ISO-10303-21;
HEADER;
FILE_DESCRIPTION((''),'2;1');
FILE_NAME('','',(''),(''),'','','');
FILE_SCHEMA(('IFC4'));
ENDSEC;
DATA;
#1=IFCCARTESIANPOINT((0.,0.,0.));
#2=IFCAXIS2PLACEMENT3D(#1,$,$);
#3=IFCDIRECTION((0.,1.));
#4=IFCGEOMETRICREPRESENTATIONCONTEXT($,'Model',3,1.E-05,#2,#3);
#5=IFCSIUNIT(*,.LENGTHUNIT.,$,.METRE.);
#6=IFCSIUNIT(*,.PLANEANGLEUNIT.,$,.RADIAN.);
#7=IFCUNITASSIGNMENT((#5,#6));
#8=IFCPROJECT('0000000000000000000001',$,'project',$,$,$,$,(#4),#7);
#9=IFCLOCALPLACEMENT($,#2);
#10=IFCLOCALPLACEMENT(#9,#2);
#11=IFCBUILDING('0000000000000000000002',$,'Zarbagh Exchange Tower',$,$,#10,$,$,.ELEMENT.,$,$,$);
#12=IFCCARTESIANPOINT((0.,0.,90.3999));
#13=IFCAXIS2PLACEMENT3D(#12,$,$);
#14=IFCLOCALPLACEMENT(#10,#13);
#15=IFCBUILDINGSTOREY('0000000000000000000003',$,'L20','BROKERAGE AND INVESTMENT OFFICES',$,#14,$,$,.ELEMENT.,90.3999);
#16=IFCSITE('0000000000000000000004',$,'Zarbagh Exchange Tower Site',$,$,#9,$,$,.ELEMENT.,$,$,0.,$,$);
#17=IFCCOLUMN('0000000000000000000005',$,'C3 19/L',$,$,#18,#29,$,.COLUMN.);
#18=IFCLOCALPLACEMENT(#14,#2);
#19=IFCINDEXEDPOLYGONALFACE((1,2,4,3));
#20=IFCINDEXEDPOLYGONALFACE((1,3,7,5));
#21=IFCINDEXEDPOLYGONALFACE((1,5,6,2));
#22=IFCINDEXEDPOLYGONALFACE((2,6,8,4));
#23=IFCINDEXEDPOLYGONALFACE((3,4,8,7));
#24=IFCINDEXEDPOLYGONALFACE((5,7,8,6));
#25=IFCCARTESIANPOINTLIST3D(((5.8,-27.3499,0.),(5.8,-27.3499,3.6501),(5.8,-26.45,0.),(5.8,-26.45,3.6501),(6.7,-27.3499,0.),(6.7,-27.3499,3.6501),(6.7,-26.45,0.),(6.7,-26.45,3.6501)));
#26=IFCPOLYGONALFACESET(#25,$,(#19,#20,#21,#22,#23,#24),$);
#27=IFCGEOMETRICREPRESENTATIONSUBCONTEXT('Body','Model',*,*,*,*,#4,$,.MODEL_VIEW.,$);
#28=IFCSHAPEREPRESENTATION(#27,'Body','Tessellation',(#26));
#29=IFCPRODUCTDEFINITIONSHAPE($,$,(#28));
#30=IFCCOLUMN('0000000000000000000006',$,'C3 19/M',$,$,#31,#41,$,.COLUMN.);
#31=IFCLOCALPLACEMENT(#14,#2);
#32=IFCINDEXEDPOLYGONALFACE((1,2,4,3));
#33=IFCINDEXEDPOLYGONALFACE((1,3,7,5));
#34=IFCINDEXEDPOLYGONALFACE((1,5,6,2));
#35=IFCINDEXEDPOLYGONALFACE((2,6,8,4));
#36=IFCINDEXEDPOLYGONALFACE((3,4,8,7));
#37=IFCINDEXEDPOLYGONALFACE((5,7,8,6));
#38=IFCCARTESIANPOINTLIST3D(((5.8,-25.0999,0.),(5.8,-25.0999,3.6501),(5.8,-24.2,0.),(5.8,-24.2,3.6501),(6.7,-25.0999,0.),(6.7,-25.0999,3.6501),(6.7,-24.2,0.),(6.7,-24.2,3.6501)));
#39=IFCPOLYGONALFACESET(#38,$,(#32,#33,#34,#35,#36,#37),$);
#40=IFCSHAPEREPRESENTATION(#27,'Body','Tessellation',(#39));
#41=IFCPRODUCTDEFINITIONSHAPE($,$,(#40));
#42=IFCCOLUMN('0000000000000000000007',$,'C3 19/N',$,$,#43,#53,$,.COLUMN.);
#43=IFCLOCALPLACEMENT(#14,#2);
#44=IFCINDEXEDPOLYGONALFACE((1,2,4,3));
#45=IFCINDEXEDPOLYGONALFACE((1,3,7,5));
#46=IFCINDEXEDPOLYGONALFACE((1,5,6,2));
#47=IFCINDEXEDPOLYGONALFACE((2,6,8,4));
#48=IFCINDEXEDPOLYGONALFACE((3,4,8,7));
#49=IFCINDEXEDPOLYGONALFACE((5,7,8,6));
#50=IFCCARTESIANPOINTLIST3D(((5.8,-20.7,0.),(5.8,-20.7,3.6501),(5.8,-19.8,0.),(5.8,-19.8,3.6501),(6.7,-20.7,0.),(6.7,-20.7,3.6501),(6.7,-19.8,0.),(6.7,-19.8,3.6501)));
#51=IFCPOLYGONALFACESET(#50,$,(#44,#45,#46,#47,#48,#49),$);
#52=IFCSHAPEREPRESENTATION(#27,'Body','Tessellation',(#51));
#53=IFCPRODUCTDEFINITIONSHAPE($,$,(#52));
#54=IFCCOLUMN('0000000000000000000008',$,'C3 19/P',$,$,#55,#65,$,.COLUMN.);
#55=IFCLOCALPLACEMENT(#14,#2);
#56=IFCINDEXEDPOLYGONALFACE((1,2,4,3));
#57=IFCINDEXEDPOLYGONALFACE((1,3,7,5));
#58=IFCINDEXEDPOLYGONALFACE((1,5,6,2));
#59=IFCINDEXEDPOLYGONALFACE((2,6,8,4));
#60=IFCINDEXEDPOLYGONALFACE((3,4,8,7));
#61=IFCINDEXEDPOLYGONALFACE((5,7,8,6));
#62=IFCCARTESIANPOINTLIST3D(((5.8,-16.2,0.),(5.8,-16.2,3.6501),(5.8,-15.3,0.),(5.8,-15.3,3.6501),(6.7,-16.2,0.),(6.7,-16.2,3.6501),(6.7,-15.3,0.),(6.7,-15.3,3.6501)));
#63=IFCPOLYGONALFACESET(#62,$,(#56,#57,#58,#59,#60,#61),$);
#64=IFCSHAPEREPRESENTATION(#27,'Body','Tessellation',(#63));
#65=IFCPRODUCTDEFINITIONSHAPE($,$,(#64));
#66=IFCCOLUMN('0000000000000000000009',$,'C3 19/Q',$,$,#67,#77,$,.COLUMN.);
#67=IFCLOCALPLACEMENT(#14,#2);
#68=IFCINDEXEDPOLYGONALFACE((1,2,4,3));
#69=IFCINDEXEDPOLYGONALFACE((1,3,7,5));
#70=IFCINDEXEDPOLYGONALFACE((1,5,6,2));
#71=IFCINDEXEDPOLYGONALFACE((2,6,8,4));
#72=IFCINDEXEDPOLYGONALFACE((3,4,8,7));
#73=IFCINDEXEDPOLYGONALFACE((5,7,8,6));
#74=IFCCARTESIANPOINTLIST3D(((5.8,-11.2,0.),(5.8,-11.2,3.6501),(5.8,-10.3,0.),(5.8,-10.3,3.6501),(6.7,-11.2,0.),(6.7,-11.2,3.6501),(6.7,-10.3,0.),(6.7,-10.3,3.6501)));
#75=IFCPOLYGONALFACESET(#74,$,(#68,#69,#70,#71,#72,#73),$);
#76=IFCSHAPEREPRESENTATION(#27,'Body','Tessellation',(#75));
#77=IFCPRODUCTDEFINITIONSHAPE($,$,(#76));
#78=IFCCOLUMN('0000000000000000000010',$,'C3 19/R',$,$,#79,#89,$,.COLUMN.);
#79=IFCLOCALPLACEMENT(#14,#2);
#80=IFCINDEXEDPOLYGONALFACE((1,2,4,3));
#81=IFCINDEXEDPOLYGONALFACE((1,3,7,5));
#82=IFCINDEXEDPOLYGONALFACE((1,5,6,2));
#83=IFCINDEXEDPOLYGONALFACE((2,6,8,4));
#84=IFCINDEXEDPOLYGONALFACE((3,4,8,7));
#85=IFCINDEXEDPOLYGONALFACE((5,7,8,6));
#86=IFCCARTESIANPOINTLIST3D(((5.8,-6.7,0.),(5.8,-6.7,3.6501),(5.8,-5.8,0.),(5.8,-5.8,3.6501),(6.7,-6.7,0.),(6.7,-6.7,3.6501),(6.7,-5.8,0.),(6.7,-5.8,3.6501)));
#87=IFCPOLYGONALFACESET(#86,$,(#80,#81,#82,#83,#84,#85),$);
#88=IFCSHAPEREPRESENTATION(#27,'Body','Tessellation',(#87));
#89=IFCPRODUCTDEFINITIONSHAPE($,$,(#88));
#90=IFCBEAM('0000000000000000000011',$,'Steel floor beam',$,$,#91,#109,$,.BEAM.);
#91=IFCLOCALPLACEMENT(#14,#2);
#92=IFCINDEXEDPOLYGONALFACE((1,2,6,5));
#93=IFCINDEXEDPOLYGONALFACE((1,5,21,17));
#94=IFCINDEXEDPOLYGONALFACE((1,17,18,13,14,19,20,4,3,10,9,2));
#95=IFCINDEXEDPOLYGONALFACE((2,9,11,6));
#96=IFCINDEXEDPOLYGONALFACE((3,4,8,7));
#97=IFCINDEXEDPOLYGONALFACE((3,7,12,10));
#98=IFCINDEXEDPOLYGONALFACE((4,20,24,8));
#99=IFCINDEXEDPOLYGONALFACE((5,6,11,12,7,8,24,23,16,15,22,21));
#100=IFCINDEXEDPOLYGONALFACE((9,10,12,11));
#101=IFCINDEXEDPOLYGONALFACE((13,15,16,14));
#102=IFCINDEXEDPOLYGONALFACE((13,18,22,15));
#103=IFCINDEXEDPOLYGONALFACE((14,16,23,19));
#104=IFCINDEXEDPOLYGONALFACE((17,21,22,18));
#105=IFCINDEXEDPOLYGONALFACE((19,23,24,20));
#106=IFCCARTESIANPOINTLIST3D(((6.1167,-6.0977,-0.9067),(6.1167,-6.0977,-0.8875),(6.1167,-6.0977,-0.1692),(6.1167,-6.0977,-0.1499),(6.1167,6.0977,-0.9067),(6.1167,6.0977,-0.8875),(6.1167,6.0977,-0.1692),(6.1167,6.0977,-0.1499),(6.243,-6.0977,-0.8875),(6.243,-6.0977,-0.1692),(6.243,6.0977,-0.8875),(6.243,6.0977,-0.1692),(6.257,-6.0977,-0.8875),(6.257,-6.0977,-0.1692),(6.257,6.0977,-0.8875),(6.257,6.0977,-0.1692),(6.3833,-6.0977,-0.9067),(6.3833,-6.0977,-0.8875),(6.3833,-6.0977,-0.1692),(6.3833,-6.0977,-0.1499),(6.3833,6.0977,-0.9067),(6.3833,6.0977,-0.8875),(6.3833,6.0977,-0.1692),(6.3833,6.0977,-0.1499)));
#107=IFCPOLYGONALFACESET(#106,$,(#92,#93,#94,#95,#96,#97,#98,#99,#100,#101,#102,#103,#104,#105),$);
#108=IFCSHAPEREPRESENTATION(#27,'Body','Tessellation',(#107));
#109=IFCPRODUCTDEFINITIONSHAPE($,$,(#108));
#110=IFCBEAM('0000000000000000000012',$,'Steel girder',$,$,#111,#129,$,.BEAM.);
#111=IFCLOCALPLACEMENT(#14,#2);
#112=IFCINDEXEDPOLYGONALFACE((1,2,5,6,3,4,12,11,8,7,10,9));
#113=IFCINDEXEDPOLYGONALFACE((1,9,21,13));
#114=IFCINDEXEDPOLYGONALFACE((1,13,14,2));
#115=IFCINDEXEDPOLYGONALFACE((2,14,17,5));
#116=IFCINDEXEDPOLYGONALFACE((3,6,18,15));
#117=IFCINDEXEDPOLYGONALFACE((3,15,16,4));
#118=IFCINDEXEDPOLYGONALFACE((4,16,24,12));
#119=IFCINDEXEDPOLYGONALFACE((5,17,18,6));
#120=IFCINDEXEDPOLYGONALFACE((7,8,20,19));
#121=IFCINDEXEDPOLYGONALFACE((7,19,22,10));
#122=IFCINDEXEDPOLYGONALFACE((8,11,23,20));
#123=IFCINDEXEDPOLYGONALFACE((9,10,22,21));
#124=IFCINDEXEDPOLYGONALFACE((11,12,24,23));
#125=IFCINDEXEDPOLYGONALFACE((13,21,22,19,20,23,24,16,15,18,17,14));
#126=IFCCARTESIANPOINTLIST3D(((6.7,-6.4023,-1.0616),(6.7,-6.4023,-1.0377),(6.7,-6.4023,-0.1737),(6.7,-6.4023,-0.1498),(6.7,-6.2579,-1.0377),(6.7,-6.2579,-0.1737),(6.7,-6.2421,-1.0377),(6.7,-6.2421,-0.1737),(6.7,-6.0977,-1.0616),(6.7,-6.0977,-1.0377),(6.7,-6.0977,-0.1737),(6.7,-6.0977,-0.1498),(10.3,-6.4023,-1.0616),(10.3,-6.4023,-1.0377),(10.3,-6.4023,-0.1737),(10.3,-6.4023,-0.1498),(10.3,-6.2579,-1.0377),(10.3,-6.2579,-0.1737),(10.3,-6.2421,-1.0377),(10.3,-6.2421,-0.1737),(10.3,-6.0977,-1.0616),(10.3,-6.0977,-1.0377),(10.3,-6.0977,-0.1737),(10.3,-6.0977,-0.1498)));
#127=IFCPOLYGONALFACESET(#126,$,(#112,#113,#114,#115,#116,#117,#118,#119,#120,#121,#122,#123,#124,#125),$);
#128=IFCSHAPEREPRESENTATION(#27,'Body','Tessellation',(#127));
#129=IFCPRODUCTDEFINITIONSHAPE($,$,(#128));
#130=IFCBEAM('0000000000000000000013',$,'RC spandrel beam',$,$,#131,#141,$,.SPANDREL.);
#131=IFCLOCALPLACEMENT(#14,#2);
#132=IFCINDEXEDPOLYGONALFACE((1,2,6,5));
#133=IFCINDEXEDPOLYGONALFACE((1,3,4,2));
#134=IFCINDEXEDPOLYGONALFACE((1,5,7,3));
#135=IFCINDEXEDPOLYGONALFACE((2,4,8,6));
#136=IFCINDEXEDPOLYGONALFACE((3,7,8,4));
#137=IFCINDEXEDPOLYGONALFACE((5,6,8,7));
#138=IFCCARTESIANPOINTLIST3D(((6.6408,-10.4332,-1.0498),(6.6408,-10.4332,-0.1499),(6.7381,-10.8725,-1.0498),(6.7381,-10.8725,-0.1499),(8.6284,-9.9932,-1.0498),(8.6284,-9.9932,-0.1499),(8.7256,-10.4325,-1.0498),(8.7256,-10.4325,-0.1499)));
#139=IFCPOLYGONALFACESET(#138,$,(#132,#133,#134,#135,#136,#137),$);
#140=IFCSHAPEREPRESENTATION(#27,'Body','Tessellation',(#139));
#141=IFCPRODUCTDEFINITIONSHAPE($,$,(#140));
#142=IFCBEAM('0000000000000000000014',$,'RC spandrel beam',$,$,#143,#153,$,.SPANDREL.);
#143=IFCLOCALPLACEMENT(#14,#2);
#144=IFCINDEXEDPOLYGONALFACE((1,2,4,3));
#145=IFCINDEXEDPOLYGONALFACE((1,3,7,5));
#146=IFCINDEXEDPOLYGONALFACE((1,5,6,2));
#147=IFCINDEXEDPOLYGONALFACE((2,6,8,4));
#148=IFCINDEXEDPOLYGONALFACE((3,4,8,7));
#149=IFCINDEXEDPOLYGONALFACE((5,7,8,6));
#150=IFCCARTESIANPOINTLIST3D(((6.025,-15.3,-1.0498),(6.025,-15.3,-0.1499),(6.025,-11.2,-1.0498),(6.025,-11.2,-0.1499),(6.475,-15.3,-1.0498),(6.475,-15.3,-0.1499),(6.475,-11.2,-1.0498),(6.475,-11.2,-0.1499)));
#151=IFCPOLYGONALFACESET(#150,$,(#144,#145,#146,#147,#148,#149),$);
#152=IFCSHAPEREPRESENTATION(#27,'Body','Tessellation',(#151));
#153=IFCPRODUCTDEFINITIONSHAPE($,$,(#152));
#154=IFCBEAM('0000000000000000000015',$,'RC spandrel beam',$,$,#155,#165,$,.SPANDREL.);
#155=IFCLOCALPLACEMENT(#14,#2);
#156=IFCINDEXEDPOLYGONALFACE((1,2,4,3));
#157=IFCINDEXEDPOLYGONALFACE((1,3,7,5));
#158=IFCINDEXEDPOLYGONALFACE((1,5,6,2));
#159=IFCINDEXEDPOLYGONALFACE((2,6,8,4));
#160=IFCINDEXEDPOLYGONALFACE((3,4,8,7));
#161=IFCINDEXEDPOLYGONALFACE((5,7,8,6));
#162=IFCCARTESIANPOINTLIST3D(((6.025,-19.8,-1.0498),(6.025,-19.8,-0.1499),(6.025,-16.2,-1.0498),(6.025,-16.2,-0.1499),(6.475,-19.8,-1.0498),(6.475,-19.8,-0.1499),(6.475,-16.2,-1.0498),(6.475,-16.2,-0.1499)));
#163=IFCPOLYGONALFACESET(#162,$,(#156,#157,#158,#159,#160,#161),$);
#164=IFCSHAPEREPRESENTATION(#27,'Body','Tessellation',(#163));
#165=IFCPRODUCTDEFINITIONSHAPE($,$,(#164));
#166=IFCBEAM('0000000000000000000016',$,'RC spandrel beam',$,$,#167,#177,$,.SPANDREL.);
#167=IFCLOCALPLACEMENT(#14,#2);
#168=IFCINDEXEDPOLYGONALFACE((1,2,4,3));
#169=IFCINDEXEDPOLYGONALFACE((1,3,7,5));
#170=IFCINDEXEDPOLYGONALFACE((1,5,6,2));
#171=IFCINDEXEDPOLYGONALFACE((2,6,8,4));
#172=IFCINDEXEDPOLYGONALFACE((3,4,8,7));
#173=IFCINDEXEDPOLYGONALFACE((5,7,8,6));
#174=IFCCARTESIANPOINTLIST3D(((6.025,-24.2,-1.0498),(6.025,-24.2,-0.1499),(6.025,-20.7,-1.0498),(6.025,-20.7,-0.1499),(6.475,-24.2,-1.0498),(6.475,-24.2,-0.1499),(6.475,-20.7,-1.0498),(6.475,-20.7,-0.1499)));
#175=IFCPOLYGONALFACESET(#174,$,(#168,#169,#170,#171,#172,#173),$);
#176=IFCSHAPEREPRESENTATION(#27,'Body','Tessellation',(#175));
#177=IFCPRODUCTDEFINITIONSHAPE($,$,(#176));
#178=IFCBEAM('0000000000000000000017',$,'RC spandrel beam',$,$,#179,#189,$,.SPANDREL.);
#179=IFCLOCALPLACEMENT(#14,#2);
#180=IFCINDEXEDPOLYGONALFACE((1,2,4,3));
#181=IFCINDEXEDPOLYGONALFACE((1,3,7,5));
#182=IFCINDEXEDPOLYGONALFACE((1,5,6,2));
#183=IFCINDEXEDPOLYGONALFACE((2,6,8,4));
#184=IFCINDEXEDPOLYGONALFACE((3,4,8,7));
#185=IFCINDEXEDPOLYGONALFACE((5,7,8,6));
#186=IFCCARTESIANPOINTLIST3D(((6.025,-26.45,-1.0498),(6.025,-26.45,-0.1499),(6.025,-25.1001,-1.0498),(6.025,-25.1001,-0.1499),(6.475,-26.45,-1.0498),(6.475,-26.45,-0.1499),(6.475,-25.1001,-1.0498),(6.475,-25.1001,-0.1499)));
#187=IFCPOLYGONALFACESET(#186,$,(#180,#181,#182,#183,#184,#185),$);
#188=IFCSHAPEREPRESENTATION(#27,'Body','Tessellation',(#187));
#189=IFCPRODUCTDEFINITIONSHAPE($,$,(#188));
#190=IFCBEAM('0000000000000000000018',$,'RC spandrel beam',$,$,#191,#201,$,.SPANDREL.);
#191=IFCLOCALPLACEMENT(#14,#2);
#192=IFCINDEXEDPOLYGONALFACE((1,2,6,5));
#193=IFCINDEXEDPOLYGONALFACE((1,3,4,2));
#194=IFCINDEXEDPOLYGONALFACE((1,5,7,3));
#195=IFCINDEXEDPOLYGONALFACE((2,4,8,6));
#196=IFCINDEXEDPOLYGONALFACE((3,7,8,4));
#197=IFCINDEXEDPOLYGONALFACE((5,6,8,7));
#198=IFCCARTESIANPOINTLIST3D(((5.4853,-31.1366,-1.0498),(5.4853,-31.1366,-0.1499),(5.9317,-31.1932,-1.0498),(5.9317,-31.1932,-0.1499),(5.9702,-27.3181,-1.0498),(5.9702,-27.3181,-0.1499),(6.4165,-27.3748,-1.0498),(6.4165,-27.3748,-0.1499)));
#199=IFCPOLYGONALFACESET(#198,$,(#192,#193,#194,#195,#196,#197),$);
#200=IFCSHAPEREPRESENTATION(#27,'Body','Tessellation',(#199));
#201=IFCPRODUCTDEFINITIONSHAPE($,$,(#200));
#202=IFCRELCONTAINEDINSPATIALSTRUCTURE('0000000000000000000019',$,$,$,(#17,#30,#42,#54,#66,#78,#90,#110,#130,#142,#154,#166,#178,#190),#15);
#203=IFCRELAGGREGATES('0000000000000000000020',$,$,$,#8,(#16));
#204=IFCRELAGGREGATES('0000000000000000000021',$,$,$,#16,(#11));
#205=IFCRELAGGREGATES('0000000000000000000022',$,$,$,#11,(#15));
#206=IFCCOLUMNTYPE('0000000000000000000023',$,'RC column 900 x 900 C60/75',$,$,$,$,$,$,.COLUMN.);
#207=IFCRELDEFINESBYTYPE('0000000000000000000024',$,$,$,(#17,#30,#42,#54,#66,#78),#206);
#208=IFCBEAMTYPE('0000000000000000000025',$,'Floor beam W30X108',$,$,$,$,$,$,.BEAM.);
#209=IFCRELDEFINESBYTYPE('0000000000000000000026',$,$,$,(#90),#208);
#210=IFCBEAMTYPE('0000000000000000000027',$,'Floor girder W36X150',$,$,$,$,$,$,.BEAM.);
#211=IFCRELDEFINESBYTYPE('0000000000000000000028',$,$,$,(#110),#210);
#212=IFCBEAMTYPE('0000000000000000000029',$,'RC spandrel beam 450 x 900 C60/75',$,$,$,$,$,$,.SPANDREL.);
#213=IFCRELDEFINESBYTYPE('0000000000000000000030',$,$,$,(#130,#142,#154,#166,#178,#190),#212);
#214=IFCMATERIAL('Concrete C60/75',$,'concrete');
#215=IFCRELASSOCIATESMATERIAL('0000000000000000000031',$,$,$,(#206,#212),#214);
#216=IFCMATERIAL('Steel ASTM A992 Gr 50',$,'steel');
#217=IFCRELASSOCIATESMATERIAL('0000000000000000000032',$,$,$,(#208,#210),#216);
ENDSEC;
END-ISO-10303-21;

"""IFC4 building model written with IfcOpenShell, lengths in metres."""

from ifc_helpers import new_model, si_unit, direction, frame, origin, origin_2d, place, context, subcontext, project, spatial, rectangle, i_section, extrude, material, material_profile, profile_set, type_object, element, save


model = new_model("IFC4")

# Units and contexts
model_context = context("Model", 3, precision=1e-05, world=origin(), true_north=direction((0.0, 1.0)))
body_context = subcontext(model_context, "Body", "Model", "MODEL_VIEW")
ifc_project = project(units=[si_unit("LENGTHUNIT", "METRE"), si_unit("PLANEANGLEUNIT", "RADIAN")], contexts=[model_context])

# Site, building, storey
site_placement = place(None, origin())
site = spatial("IfcSite", under=ifc_project, at=site_placement, Name="Zarbagh Exchange Tower Site", CompositionType="ELEMENT", RefElevation=0.0)
building_placement = place(site_placement, origin())
building = spatial("IfcBuilding", under=site, at=building_placement, Name="Zarbagh Exchange Tower", CompositionType="ELEMENT")
storey_placement = place(building_placement, frame((0.0, 0.0, 90.3999)))
storey = spatial("IfcBuildingStorey", under=building, at=storey_placement, Name="L20", Description="BROKERAGE AND INVESTMENT OFFICES", CompositionType="ELEMENT", Elevation=90.3999)

# Columns
ifc_material_1 = material(Name="Concrete C60/75", Category="concrete")
ifc_material_profile_1 = material_profile(ifc_material_1, rectangle(XDim=0.8999, YDim=0.8999, at=origin_2d()), Name="RC column 900 x 900 C60/75")
ifc_profile_set_1 = profile_set([ifc_material_profile_1], Name="Concrete C60/75")
column_type = type_object("IfcColumnType", Name="RC column 900 x 900 C60/75", PredefinedType="COLUMN", material=ifc_profile_set_1)
for number, where, z_axis, x_axis, name in (
    (1, (6.25, -26.8999, 0.0), (0.0, 0.0, 1.0), (1.0, 0.0, 0.0), "C3 19/L"),
    (2, (6.25, -24.6499, 0.0), (0.0, 0.0, 1.0), (1.0, 0.0, 0.0), "C3 19/M"),
    (3, (6.25, -20.25, 0.0), (0.0, 0.0, 1.0), (1.0, 0.0, 0.0), "C3 19/N"),
    (4, (6.25, -15.75, 0.0), (0.0, 0.0, 1.0), (1.0, 0.0, 0.0), "C3 19/P"),
    (5, (6.25, -10.75, 0.0), (0.0, 0.0, 1.0), (1.0, 0.0, 0.0), "C3 19/Q"),
    (6, (6.25, -6.25, 0.0), (0.0, 0.0, 1.0), (1.0, 0.0, 0.0), "C3 19/R"),
):
    element("IfcColumn", number, at=place(storey_placement, frame(where, z_axis=z_axis, x_axis=x_axis)), inside=storey, type_object=column_type, Name=name, PredefinedType="COLUMN", context=body_context, shape_type="SweptSolid", body=[
        extrude(rectangle(XDim=0.8999, YDim=0.8999, at=origin_2d()), origin(), (0.0, 0.0, 1.0), 3.6501),
    ])

# Beams
ifc_material_2 = material(Name="Steel ASTM A992 Gr 50", Category="steel")
ifc_material_profile_2 = material_profile(ifc_material_2, i_section(OverallWidth=0.2666, OverallDepth=0.7568, WebThickness=0.0139, FlangeThickness=0.0193, at=origin_2d()), Name="W30X108")
ifc_profile_set_2 = profile_set([ifc_material_profile_2], Name="Steel ASTM A992 Gr 50")
beam_type_1 = type_object("IfcBeamType", Name="Floor beam W30X108", PredefinedType="BEAM", material=ifc_profile_set_2)
beam_1_placement = place(storey_placement, frame((6.25, -6.0977, -0.5283), z_axis=(0.0, 1.0, 0.0), x_axis=(-1.0, 0.0, 0.0)))
element("IfcBeam", 7, at=beam_1_placement, inside=storey, type_object=beam_type_1, Name="Steel floor beam", PredefinedType="BEAM", context=body_context, shape_type="SweptSolid", body=[
    extrude(i_section(OverallWidth=0.2666, OverallDepth=0.7568, WebThickness=0.0139, FlangeThickness=0.0193, at=origin_2d()), origin(), (0.0, 0.0, 1.0), 12.1953),
])
ifc_material_profile_3 = material_profile(ifc_material_2, i_section(OverallWidth=0.3047, OverallDepth=0.9119, WebThickness=0.0159, FlangeThickness=0.0239, at=origin_2d()), Name="W36X150")
ifc_profile_set_3 = profile_set([ifc_material_profile_3], Name="Steel ASTM A992 Gr 50")
beam_type_2 = type_object("IfcBeamType", Name="Floor girder W36X150", PredefinedType="BEAM", material=ifc_profile_set_3)
beam_2_placement = place(storey_placement, frame((6.7, -6.25, -0.6057), z_axis=(1.0, 0.0, 0.0), x_axis=(0.0, 1.0, 0.0)))
element("IfcBeam", 8, at=beam_2_placement, inside=storey, type_object=beam_type_2, Name="Steel girder", PredefinedType="BEAM", context=body_context, shape_type="SweptSolid", body=[
    extrude(i_section(OverallWidth=0.3047, OverallDepth=0.9119, WebThickness=0.0159, FlangeThickness=0.0239, at=origin_2d()), origin(), (0.0, 0.0, 1.0), 3.6001),
])
ifc_material_profile_4 = material_profile(ifc_material_1, rectangle(XDim=0.45, YDim=0.8999, at=origin_2d()), Name="RC spandrel beam 450 x 900 C60/75")
ifc_profile_set_4 = profile_set([ifc_material_profile_4], Name="Concrete C60/75")
beam_type_3 = type_object("IfcBeamType", Name="RC spandrel beam 450 x 900 C60/75", PredefinedType="SPANDREL", material=ifc_profile_set_4)
beam_3_placement = place(storey_placement, frame((8.677, -10.2129, -0.5999), z_axis=(-0.976367, -0.216118, 0.0), x_axis=(0.216118, -0.976367, 0.0)))
element("IfcBeam", 9, at=beam_3_placement, inside=storey, type_object=beam_type_3, Name="RC spandrel beam", PredefinedType="SPANDREL", context=body_context, shape_type="SweptSolid", body=[
    extrude(rectangle(XDim=0.45, YDim=0.8999, at=origin_2d()), origin(), (0.0, 0.0, 1.0), 2.0356),
])
beam_4_placement = place(storey_placement, frame((6.25, -11.2, -0.5999), z_axis=(0.0, -1.0, 0.0), x_axis=(1.0, 0.0, 0.0)))
element("IfcBeam", 10, at=beam_4_placement, inside=storey, type_object=beam_type_3, Name="RC spandrel beam", PredefinedType="SPANDREL", context=body_context, shape_type="SweptSolid", body=[
    extrude(rectangle(XDim=0.45, YDim=0.8999, at=origin_2d()), origin(), (0.0, 0.0, 1.0), 4.1001),
])
beam_5_placement = place(storey_placement, frame((6.25, -16.2, -0.5999), z_axis=(0.0, -1.0, 0.0), x_axis=(1.0, 0.0, 0.0)))
element("IfcBeam", 11, at=beam_5_placement, inside=storey, type_object=beam_type_3, Name="RC spandrel beam", PredefinedType="SPANDREL", context=body_context, shape_type="SweptSolid", body=[
    extrude(rectangle(XDim=0.45, YDim=0.8999, at=origin_2d()), origin(), (0.0, 0.0, 1.0), 3.6001),
])
beam_6_placement = place(storey_placement, frame((6.25, -20.7, -0.5999), z_axis=(0.0, -1.0, 0.0), x_axis=(1.0, 0.0, 0.0)))
element("IfcBeam", 12, at=beam_6_placement, inside=storey, type_object=beam_type_3, Name="RC spandrel beam", PredefinedType="SPANDREL", context=body_context, shape_type="SweptSolid", body=[
    extrude(rectangle(XDim=0.45, YDim=0.8999, at=origin_2d()), origin(), (0.0, 0.0, 1.0), 3.5),
])
beam_7_placement = place(storey_placement, frame((6.25, -25.1001, -0.5999), z_axis=(0.0, -1.0, 0.0), x_axis=(1.0, 0.0, 0.0)))
element("IfcBeam", 13, at=beam_7_placement, inside=storey, type_object=beam_type_3, Name="RC spandrel beam", PredefinedType="SPANDREL", context=body_context, shape_type="SweptSolid", body=[
    extrude(rectangle(XDim=0.45, YDim=0.8999, at=origin_2d()), origin(), (0.0, 0.0, 1.0), 1.3499),
])
beam_8_placement = place(storey_placement, frame((6.1934, -27.3464, -0.5999), z_axis=(-0.125971, -0.992034, 0.0), x_axis=(0.992034, -0.125971, 0.0)))
element("IfcBeam", 14, at=beam_8_placement, inside=storey, type_object=beam_type_3, Name="RC spandrel beam", PredefinedType="SPANDREL", context=body_context, shape_type="SweptSolid", body=[
    extrude(rectangle(XDim=0.45, YDim=0.8999, at=origin_2d()), origin(), (0.0, 0.0, 1.0), 3.8491),
])

save(model, "model.ifc")
